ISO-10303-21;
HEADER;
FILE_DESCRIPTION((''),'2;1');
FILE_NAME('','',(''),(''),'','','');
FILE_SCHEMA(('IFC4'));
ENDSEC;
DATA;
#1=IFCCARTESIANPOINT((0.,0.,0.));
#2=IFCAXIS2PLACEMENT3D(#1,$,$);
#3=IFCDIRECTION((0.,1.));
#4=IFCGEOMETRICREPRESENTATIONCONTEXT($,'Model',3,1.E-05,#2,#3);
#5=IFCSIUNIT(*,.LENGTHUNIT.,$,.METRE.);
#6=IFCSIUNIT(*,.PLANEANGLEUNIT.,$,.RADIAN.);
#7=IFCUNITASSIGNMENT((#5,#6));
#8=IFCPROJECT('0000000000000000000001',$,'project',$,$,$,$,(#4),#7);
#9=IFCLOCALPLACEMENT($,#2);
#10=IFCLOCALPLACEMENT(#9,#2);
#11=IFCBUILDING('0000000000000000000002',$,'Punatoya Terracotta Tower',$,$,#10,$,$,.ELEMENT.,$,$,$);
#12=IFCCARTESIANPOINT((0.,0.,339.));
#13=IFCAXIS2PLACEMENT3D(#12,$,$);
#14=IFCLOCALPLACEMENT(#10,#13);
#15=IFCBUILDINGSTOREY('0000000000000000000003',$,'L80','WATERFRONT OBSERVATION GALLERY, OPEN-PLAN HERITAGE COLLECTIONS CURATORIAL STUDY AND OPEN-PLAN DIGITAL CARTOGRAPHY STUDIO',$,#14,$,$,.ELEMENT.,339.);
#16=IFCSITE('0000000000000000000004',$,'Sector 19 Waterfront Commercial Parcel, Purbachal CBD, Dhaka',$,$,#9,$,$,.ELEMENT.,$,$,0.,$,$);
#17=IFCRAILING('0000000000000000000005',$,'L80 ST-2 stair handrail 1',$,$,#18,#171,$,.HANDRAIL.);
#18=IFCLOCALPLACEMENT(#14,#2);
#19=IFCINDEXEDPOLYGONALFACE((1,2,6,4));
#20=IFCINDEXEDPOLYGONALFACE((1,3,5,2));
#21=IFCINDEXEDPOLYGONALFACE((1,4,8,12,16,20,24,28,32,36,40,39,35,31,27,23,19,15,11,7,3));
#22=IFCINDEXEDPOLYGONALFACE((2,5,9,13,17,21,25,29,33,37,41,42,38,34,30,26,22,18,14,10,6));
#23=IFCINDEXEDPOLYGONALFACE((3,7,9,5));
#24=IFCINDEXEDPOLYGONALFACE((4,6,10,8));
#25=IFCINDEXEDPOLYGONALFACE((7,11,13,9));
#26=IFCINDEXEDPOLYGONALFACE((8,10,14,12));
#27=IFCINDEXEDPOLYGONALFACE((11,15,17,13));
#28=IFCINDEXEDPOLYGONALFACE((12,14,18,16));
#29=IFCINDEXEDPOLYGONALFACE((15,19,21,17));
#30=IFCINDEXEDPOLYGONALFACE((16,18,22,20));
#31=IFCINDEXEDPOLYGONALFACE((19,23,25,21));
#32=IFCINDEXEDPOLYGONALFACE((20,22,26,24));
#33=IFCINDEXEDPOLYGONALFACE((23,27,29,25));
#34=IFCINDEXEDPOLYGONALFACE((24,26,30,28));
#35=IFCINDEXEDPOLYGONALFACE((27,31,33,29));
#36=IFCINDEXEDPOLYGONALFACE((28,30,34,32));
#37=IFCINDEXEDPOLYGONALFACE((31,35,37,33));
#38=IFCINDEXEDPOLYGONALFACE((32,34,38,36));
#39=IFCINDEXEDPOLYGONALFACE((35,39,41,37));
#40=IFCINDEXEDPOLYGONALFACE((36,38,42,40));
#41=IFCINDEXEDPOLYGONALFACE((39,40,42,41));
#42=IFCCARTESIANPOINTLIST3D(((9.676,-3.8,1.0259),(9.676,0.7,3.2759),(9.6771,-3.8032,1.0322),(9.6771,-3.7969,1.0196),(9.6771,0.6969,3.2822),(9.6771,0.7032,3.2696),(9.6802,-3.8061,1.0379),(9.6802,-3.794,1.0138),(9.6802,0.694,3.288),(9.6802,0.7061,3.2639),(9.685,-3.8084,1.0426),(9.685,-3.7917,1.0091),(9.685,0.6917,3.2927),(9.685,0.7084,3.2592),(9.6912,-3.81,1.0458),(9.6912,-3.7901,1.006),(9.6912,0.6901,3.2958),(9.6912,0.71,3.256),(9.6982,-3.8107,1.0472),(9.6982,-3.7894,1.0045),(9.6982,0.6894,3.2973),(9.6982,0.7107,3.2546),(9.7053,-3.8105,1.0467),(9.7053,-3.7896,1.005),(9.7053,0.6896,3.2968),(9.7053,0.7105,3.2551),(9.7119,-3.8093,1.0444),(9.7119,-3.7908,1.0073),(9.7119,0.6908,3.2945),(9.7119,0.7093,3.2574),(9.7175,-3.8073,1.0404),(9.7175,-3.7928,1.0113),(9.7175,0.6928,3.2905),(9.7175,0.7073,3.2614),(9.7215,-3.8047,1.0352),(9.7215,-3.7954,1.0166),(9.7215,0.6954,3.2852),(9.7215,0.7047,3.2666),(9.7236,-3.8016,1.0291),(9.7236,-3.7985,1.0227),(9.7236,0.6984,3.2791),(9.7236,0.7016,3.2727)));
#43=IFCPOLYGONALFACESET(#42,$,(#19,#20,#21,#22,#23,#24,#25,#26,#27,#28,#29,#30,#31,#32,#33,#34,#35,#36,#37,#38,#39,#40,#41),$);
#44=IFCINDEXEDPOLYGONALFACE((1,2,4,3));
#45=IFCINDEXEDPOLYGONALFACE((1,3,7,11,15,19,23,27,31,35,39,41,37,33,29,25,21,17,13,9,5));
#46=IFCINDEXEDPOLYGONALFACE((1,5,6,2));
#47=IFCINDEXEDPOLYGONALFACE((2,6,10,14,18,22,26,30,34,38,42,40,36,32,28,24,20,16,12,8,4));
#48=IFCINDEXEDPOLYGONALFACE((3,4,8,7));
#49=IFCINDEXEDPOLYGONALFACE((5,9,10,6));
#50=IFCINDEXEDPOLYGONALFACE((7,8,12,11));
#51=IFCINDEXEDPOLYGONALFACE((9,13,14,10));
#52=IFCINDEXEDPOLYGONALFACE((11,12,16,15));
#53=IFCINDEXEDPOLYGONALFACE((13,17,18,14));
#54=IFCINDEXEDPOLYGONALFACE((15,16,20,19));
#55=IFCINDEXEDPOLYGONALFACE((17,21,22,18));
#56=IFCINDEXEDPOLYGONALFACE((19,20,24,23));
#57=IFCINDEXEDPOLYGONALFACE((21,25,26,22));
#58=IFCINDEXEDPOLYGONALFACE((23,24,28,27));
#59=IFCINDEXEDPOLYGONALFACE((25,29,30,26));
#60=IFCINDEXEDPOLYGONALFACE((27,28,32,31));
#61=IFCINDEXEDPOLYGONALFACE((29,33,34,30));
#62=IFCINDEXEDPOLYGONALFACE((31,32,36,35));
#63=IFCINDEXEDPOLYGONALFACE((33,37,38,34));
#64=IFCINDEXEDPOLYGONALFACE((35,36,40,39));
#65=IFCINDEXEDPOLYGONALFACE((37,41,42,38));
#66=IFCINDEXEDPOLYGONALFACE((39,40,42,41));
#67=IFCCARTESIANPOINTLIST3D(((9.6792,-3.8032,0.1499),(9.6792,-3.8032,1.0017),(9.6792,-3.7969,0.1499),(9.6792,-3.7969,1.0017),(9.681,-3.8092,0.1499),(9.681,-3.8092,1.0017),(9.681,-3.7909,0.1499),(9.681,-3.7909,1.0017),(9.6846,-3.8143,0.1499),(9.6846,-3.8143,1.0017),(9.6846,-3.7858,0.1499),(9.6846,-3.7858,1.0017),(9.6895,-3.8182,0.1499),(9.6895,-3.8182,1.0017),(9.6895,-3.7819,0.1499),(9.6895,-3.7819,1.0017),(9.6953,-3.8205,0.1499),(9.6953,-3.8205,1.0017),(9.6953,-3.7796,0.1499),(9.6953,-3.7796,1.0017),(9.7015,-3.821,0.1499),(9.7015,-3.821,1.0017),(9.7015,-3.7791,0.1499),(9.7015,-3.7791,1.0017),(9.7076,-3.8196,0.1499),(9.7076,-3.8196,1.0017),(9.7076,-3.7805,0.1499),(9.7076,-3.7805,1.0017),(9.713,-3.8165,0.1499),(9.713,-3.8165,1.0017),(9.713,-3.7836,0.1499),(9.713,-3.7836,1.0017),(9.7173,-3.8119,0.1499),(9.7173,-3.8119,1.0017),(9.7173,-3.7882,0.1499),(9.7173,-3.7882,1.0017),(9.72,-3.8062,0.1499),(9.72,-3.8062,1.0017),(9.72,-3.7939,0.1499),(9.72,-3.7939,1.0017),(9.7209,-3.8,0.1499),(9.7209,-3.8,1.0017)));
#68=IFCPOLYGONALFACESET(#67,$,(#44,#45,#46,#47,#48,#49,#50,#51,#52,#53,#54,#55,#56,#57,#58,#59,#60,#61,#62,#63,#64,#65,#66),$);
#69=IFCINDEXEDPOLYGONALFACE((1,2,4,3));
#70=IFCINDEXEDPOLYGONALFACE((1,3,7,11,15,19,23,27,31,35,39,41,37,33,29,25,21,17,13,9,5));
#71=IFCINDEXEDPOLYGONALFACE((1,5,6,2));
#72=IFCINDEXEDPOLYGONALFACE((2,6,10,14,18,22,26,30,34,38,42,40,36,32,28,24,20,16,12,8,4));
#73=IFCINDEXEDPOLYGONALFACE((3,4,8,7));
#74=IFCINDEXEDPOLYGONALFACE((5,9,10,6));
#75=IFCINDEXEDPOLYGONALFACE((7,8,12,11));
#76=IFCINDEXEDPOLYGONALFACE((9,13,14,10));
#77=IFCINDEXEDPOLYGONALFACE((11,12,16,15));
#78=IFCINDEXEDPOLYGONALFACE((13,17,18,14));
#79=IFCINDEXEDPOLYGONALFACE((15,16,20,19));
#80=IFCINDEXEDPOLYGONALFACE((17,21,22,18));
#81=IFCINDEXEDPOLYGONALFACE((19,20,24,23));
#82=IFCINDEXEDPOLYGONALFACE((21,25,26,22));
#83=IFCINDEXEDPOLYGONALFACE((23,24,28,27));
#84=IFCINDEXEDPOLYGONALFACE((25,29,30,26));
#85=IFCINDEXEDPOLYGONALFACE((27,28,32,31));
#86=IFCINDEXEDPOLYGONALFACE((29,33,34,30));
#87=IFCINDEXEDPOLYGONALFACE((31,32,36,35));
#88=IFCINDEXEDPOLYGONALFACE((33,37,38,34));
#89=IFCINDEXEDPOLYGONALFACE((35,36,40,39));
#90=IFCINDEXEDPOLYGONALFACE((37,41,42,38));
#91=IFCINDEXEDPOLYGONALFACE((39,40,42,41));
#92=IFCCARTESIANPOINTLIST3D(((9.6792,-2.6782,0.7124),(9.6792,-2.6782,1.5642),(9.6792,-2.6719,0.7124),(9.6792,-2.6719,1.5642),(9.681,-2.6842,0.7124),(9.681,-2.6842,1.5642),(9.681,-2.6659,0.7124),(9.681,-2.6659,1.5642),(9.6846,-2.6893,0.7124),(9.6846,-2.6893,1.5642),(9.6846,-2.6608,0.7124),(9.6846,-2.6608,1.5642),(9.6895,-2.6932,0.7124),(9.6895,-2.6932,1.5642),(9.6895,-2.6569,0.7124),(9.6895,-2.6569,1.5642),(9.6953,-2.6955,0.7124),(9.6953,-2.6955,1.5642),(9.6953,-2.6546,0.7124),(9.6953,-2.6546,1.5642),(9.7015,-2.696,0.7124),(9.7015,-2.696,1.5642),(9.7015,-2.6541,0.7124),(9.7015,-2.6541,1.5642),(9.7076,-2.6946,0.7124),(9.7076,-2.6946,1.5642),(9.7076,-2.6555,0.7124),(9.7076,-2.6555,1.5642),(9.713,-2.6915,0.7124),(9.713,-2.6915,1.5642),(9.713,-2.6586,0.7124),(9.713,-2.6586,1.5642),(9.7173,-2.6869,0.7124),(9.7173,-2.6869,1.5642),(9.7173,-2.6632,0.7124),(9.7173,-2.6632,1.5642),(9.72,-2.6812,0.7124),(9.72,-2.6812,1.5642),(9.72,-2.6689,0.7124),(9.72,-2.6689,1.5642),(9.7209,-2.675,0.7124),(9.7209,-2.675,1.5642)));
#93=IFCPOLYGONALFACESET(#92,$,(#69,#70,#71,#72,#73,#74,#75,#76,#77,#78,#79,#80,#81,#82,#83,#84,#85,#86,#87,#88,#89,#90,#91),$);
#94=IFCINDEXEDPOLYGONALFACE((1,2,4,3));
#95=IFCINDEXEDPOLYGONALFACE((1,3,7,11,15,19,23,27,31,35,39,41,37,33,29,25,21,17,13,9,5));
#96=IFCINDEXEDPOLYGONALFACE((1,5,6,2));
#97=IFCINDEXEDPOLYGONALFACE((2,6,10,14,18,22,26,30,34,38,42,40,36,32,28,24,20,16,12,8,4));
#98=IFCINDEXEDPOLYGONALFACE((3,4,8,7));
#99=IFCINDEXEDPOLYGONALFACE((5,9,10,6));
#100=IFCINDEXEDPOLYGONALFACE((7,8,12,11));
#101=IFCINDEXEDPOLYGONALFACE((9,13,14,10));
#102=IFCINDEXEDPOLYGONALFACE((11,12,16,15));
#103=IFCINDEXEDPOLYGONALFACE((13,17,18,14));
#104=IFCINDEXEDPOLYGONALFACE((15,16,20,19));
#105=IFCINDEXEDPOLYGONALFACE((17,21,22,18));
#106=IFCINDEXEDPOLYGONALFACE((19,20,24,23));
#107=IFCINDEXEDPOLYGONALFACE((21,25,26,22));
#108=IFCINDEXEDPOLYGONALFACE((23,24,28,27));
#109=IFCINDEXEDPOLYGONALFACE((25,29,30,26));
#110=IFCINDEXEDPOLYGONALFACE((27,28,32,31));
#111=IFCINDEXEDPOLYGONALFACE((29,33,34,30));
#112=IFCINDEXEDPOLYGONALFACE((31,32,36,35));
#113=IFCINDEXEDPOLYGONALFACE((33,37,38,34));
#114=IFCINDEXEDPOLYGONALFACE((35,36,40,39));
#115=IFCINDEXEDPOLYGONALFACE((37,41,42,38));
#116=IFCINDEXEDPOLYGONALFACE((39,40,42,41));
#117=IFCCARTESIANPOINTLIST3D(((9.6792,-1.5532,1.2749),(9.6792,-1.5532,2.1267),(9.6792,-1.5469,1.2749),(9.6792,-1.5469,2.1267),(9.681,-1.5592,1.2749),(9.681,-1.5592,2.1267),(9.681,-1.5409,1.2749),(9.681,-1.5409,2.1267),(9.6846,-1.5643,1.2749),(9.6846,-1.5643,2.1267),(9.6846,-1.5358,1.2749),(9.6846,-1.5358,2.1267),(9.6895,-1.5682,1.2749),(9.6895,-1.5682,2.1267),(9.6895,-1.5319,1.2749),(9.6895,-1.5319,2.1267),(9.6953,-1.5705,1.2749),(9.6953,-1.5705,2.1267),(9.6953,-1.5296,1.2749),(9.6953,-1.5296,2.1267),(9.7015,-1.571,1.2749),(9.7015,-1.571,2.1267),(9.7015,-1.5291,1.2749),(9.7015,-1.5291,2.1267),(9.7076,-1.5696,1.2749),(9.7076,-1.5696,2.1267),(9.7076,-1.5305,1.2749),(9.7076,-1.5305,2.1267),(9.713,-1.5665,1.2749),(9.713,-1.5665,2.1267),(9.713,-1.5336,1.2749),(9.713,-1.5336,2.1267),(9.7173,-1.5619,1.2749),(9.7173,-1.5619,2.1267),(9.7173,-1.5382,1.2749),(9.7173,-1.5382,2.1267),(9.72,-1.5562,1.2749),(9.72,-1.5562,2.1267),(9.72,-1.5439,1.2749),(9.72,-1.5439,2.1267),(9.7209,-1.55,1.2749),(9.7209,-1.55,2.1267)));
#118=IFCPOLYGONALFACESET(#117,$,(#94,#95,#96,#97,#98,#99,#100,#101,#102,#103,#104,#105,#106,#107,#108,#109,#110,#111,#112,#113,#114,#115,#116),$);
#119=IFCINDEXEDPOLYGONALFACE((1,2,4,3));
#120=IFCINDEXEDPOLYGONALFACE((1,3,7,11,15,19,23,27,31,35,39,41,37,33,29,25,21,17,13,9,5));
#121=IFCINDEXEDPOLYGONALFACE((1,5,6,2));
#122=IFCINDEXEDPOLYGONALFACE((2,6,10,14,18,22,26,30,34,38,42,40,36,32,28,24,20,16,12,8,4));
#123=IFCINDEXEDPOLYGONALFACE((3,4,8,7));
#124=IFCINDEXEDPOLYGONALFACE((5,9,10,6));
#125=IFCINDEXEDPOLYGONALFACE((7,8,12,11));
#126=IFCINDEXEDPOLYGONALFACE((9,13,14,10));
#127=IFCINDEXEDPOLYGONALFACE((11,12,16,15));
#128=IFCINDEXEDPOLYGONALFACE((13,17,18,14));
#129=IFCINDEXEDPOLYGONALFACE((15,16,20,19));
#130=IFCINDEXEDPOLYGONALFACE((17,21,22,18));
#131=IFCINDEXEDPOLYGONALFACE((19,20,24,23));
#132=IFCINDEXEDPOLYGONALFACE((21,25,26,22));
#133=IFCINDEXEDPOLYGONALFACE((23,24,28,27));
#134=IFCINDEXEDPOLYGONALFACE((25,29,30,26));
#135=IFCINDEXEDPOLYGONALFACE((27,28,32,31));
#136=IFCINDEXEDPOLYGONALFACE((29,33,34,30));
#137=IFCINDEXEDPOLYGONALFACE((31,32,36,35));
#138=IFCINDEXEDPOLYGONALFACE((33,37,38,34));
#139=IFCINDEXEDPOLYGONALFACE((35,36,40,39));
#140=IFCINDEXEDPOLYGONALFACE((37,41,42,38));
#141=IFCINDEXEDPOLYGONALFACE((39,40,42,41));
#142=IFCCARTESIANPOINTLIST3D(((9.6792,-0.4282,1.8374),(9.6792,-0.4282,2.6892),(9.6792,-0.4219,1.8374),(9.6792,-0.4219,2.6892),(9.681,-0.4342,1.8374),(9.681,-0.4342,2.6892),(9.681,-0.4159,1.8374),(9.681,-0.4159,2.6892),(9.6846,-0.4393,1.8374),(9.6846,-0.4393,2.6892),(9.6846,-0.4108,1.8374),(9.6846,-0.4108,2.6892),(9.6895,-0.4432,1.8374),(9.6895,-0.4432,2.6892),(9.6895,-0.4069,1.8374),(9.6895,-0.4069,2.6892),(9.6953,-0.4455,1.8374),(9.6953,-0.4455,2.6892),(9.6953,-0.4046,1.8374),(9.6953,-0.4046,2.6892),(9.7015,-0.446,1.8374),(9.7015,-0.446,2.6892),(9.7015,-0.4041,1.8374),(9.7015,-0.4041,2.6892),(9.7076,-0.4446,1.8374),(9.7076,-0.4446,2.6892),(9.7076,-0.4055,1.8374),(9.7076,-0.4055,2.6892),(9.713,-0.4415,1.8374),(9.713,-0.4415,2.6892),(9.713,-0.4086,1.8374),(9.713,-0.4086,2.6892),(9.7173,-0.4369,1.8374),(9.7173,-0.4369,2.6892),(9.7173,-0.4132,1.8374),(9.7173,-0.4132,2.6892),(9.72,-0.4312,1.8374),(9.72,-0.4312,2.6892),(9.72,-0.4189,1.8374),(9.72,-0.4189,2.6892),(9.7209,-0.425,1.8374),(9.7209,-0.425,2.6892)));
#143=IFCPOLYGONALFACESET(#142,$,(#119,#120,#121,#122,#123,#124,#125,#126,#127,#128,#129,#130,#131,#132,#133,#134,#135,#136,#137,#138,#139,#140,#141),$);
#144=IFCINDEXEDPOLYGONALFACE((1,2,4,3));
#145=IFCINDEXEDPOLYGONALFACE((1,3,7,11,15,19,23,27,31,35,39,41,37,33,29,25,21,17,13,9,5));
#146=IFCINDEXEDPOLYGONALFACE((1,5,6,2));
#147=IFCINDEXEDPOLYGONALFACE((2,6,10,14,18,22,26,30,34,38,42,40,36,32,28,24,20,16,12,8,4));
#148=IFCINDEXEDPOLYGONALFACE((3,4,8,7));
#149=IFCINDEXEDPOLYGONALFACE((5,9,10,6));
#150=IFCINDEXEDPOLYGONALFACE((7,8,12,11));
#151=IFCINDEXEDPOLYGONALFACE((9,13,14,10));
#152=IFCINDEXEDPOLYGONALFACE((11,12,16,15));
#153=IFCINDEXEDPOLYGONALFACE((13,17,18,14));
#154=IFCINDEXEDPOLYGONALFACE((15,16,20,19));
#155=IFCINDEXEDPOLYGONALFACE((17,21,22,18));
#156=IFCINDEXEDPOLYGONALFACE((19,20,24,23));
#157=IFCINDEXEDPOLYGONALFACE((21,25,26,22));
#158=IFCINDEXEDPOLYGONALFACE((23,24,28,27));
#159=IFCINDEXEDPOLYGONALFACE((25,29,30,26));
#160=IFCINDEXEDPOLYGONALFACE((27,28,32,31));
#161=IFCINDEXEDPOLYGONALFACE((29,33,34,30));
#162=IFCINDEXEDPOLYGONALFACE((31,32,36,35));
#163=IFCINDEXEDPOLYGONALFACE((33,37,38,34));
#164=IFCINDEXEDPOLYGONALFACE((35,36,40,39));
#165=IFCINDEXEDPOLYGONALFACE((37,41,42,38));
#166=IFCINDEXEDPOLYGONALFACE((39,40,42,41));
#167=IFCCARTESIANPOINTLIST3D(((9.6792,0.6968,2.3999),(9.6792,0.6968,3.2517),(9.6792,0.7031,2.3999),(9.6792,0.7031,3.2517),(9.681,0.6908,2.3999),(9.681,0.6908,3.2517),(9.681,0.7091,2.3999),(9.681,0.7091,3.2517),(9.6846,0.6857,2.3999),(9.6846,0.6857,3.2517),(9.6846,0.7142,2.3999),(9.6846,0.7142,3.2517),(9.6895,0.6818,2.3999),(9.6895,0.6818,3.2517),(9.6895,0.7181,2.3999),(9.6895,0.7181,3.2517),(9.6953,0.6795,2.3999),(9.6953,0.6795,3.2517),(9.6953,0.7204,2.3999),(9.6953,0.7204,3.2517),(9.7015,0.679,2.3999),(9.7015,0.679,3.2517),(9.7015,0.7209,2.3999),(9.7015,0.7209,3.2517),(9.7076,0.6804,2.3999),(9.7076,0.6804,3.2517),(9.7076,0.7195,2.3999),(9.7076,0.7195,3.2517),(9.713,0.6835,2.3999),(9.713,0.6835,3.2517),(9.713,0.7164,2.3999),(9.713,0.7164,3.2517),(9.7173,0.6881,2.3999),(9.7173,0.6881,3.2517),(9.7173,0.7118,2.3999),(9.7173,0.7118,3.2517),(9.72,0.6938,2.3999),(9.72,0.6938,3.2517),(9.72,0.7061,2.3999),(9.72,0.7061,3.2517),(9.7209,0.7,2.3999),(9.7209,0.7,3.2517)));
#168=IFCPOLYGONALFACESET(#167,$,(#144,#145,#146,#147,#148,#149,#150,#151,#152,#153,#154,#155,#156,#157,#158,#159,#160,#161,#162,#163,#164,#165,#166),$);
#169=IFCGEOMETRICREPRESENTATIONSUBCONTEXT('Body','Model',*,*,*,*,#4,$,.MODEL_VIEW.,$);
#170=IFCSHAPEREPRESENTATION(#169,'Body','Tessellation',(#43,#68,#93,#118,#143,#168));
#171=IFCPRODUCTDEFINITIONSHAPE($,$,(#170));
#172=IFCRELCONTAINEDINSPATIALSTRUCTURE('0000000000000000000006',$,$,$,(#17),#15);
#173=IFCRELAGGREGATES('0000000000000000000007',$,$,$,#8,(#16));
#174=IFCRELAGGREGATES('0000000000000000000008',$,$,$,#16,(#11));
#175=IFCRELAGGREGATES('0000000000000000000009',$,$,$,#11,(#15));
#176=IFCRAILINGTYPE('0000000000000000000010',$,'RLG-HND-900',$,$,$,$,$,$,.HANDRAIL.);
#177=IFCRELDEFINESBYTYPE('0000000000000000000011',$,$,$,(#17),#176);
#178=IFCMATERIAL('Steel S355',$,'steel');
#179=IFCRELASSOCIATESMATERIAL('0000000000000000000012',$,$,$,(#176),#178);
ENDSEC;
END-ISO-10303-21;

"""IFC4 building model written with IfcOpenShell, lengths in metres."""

from ifc_helpers import new_model, si_unit, direction, frame, origin, origin_2d, place, context, subcontext, project, spatial, circle, extrude, material, type_object, element, save


model = new_model("IFC4")

# Units and contexts
model_context = context("Model", 3, precision=1e-05, world=origin(), true_north=direction((0.0, 1.0)))
body_context = subcontext(model_context, "Body", "Model", "MODEL_VIEW")
ifc_project = project(units=[si_unit("LENGTHUNIT", "METRE"), si_unit("PLANEANGLEUNIT", "RADIAN")], contexts=[model_context])

# Site, building, storey
site_placement = place(None, origin())
site = spatial("IfcSite", under=ifc_project, at=site_placement, Name="Sector 19 Waterfront Commercial Parcel, Purbachal CBD, Dhaka", CompositionType="ELEMENT", RefElevation=0.0)
building_placement = place(site_placement, origin())
building = spatial("IfcBuilding", under=site, at=building_placement, Name="Punatoya Terracotta Tower", CompositionType="ELEMENT")
storey_placement = place(building_placement, frame((0.0, 0.0, 339.0)))
storey = spatial("IfcBuildingStorey", under=building, at=storey_placement, Name="L80", Description="WATERFRONT OBSERVATION GALLERY, OPEN-PLAN HERITAGE COLLECTIONS CURATORIAL STUDY AND OPEN-PLAN DIGITAL CARTOGRAPHY STUDIO", CompositionType="ELEMENT", Elevation=339.0)

# Railing
ifc_material_1 = material(Name="Steel S355", Category="steel")
railing_type = type_object("IfcRailingType", Name="RLG-HND-900", PredefinedType="HANDRAIL", material=ifc_material_1)
railing_placement = place(storey_placement, frame((9.7, -3.8, 0.1499)))
element("IfcRailing", 1, at=railing_placement, inside=storey, type_object=railing_type, Name="L80 ST-2 stair handrail 1", PredefinedType="HANDRAIL", context=body_context, shape_type="SweptSolid", body=[
    extrude(circle(Radius=0.0239, at=origin_2d()), frame((0.0, 0.0, 0.876), z_axis=(0.0, 0.894427, 0.447214), x_axis=(-1.0, 0.0, 0.0)), (0.0, 0.0, 1.0), 5.0312),
    extrude(circle(Radius=0.021, at=origin_2d()), origin(), (0.0, 0.0, 1.0), 0.8518),
    extrude(circle(Radius=0.021, at=origin_2d()), frame((0.0, 1.125, 0.5625)), (0.0, 0.0, 1.0), 0.8518),
    extrude(circle(Radius=0.021, at=origin_2d()), frame((0.0, 2.25, 1.125)), (0.0, 0.0, 1.0), 0.8518),
    extrude(circle(Radius=0.021, at=origin_2d()), frame((0.0, 3.375, 1.6875)), (0.0, 0.0, 1.0), 0.8518),
    extrude(circle(Radius=0.021, at=origin_2d()), frame((0.0, 4.5, 2.25)), (0.0, 0.0, 1.0), 0.8518),
])

save(model, "model.ifc")
